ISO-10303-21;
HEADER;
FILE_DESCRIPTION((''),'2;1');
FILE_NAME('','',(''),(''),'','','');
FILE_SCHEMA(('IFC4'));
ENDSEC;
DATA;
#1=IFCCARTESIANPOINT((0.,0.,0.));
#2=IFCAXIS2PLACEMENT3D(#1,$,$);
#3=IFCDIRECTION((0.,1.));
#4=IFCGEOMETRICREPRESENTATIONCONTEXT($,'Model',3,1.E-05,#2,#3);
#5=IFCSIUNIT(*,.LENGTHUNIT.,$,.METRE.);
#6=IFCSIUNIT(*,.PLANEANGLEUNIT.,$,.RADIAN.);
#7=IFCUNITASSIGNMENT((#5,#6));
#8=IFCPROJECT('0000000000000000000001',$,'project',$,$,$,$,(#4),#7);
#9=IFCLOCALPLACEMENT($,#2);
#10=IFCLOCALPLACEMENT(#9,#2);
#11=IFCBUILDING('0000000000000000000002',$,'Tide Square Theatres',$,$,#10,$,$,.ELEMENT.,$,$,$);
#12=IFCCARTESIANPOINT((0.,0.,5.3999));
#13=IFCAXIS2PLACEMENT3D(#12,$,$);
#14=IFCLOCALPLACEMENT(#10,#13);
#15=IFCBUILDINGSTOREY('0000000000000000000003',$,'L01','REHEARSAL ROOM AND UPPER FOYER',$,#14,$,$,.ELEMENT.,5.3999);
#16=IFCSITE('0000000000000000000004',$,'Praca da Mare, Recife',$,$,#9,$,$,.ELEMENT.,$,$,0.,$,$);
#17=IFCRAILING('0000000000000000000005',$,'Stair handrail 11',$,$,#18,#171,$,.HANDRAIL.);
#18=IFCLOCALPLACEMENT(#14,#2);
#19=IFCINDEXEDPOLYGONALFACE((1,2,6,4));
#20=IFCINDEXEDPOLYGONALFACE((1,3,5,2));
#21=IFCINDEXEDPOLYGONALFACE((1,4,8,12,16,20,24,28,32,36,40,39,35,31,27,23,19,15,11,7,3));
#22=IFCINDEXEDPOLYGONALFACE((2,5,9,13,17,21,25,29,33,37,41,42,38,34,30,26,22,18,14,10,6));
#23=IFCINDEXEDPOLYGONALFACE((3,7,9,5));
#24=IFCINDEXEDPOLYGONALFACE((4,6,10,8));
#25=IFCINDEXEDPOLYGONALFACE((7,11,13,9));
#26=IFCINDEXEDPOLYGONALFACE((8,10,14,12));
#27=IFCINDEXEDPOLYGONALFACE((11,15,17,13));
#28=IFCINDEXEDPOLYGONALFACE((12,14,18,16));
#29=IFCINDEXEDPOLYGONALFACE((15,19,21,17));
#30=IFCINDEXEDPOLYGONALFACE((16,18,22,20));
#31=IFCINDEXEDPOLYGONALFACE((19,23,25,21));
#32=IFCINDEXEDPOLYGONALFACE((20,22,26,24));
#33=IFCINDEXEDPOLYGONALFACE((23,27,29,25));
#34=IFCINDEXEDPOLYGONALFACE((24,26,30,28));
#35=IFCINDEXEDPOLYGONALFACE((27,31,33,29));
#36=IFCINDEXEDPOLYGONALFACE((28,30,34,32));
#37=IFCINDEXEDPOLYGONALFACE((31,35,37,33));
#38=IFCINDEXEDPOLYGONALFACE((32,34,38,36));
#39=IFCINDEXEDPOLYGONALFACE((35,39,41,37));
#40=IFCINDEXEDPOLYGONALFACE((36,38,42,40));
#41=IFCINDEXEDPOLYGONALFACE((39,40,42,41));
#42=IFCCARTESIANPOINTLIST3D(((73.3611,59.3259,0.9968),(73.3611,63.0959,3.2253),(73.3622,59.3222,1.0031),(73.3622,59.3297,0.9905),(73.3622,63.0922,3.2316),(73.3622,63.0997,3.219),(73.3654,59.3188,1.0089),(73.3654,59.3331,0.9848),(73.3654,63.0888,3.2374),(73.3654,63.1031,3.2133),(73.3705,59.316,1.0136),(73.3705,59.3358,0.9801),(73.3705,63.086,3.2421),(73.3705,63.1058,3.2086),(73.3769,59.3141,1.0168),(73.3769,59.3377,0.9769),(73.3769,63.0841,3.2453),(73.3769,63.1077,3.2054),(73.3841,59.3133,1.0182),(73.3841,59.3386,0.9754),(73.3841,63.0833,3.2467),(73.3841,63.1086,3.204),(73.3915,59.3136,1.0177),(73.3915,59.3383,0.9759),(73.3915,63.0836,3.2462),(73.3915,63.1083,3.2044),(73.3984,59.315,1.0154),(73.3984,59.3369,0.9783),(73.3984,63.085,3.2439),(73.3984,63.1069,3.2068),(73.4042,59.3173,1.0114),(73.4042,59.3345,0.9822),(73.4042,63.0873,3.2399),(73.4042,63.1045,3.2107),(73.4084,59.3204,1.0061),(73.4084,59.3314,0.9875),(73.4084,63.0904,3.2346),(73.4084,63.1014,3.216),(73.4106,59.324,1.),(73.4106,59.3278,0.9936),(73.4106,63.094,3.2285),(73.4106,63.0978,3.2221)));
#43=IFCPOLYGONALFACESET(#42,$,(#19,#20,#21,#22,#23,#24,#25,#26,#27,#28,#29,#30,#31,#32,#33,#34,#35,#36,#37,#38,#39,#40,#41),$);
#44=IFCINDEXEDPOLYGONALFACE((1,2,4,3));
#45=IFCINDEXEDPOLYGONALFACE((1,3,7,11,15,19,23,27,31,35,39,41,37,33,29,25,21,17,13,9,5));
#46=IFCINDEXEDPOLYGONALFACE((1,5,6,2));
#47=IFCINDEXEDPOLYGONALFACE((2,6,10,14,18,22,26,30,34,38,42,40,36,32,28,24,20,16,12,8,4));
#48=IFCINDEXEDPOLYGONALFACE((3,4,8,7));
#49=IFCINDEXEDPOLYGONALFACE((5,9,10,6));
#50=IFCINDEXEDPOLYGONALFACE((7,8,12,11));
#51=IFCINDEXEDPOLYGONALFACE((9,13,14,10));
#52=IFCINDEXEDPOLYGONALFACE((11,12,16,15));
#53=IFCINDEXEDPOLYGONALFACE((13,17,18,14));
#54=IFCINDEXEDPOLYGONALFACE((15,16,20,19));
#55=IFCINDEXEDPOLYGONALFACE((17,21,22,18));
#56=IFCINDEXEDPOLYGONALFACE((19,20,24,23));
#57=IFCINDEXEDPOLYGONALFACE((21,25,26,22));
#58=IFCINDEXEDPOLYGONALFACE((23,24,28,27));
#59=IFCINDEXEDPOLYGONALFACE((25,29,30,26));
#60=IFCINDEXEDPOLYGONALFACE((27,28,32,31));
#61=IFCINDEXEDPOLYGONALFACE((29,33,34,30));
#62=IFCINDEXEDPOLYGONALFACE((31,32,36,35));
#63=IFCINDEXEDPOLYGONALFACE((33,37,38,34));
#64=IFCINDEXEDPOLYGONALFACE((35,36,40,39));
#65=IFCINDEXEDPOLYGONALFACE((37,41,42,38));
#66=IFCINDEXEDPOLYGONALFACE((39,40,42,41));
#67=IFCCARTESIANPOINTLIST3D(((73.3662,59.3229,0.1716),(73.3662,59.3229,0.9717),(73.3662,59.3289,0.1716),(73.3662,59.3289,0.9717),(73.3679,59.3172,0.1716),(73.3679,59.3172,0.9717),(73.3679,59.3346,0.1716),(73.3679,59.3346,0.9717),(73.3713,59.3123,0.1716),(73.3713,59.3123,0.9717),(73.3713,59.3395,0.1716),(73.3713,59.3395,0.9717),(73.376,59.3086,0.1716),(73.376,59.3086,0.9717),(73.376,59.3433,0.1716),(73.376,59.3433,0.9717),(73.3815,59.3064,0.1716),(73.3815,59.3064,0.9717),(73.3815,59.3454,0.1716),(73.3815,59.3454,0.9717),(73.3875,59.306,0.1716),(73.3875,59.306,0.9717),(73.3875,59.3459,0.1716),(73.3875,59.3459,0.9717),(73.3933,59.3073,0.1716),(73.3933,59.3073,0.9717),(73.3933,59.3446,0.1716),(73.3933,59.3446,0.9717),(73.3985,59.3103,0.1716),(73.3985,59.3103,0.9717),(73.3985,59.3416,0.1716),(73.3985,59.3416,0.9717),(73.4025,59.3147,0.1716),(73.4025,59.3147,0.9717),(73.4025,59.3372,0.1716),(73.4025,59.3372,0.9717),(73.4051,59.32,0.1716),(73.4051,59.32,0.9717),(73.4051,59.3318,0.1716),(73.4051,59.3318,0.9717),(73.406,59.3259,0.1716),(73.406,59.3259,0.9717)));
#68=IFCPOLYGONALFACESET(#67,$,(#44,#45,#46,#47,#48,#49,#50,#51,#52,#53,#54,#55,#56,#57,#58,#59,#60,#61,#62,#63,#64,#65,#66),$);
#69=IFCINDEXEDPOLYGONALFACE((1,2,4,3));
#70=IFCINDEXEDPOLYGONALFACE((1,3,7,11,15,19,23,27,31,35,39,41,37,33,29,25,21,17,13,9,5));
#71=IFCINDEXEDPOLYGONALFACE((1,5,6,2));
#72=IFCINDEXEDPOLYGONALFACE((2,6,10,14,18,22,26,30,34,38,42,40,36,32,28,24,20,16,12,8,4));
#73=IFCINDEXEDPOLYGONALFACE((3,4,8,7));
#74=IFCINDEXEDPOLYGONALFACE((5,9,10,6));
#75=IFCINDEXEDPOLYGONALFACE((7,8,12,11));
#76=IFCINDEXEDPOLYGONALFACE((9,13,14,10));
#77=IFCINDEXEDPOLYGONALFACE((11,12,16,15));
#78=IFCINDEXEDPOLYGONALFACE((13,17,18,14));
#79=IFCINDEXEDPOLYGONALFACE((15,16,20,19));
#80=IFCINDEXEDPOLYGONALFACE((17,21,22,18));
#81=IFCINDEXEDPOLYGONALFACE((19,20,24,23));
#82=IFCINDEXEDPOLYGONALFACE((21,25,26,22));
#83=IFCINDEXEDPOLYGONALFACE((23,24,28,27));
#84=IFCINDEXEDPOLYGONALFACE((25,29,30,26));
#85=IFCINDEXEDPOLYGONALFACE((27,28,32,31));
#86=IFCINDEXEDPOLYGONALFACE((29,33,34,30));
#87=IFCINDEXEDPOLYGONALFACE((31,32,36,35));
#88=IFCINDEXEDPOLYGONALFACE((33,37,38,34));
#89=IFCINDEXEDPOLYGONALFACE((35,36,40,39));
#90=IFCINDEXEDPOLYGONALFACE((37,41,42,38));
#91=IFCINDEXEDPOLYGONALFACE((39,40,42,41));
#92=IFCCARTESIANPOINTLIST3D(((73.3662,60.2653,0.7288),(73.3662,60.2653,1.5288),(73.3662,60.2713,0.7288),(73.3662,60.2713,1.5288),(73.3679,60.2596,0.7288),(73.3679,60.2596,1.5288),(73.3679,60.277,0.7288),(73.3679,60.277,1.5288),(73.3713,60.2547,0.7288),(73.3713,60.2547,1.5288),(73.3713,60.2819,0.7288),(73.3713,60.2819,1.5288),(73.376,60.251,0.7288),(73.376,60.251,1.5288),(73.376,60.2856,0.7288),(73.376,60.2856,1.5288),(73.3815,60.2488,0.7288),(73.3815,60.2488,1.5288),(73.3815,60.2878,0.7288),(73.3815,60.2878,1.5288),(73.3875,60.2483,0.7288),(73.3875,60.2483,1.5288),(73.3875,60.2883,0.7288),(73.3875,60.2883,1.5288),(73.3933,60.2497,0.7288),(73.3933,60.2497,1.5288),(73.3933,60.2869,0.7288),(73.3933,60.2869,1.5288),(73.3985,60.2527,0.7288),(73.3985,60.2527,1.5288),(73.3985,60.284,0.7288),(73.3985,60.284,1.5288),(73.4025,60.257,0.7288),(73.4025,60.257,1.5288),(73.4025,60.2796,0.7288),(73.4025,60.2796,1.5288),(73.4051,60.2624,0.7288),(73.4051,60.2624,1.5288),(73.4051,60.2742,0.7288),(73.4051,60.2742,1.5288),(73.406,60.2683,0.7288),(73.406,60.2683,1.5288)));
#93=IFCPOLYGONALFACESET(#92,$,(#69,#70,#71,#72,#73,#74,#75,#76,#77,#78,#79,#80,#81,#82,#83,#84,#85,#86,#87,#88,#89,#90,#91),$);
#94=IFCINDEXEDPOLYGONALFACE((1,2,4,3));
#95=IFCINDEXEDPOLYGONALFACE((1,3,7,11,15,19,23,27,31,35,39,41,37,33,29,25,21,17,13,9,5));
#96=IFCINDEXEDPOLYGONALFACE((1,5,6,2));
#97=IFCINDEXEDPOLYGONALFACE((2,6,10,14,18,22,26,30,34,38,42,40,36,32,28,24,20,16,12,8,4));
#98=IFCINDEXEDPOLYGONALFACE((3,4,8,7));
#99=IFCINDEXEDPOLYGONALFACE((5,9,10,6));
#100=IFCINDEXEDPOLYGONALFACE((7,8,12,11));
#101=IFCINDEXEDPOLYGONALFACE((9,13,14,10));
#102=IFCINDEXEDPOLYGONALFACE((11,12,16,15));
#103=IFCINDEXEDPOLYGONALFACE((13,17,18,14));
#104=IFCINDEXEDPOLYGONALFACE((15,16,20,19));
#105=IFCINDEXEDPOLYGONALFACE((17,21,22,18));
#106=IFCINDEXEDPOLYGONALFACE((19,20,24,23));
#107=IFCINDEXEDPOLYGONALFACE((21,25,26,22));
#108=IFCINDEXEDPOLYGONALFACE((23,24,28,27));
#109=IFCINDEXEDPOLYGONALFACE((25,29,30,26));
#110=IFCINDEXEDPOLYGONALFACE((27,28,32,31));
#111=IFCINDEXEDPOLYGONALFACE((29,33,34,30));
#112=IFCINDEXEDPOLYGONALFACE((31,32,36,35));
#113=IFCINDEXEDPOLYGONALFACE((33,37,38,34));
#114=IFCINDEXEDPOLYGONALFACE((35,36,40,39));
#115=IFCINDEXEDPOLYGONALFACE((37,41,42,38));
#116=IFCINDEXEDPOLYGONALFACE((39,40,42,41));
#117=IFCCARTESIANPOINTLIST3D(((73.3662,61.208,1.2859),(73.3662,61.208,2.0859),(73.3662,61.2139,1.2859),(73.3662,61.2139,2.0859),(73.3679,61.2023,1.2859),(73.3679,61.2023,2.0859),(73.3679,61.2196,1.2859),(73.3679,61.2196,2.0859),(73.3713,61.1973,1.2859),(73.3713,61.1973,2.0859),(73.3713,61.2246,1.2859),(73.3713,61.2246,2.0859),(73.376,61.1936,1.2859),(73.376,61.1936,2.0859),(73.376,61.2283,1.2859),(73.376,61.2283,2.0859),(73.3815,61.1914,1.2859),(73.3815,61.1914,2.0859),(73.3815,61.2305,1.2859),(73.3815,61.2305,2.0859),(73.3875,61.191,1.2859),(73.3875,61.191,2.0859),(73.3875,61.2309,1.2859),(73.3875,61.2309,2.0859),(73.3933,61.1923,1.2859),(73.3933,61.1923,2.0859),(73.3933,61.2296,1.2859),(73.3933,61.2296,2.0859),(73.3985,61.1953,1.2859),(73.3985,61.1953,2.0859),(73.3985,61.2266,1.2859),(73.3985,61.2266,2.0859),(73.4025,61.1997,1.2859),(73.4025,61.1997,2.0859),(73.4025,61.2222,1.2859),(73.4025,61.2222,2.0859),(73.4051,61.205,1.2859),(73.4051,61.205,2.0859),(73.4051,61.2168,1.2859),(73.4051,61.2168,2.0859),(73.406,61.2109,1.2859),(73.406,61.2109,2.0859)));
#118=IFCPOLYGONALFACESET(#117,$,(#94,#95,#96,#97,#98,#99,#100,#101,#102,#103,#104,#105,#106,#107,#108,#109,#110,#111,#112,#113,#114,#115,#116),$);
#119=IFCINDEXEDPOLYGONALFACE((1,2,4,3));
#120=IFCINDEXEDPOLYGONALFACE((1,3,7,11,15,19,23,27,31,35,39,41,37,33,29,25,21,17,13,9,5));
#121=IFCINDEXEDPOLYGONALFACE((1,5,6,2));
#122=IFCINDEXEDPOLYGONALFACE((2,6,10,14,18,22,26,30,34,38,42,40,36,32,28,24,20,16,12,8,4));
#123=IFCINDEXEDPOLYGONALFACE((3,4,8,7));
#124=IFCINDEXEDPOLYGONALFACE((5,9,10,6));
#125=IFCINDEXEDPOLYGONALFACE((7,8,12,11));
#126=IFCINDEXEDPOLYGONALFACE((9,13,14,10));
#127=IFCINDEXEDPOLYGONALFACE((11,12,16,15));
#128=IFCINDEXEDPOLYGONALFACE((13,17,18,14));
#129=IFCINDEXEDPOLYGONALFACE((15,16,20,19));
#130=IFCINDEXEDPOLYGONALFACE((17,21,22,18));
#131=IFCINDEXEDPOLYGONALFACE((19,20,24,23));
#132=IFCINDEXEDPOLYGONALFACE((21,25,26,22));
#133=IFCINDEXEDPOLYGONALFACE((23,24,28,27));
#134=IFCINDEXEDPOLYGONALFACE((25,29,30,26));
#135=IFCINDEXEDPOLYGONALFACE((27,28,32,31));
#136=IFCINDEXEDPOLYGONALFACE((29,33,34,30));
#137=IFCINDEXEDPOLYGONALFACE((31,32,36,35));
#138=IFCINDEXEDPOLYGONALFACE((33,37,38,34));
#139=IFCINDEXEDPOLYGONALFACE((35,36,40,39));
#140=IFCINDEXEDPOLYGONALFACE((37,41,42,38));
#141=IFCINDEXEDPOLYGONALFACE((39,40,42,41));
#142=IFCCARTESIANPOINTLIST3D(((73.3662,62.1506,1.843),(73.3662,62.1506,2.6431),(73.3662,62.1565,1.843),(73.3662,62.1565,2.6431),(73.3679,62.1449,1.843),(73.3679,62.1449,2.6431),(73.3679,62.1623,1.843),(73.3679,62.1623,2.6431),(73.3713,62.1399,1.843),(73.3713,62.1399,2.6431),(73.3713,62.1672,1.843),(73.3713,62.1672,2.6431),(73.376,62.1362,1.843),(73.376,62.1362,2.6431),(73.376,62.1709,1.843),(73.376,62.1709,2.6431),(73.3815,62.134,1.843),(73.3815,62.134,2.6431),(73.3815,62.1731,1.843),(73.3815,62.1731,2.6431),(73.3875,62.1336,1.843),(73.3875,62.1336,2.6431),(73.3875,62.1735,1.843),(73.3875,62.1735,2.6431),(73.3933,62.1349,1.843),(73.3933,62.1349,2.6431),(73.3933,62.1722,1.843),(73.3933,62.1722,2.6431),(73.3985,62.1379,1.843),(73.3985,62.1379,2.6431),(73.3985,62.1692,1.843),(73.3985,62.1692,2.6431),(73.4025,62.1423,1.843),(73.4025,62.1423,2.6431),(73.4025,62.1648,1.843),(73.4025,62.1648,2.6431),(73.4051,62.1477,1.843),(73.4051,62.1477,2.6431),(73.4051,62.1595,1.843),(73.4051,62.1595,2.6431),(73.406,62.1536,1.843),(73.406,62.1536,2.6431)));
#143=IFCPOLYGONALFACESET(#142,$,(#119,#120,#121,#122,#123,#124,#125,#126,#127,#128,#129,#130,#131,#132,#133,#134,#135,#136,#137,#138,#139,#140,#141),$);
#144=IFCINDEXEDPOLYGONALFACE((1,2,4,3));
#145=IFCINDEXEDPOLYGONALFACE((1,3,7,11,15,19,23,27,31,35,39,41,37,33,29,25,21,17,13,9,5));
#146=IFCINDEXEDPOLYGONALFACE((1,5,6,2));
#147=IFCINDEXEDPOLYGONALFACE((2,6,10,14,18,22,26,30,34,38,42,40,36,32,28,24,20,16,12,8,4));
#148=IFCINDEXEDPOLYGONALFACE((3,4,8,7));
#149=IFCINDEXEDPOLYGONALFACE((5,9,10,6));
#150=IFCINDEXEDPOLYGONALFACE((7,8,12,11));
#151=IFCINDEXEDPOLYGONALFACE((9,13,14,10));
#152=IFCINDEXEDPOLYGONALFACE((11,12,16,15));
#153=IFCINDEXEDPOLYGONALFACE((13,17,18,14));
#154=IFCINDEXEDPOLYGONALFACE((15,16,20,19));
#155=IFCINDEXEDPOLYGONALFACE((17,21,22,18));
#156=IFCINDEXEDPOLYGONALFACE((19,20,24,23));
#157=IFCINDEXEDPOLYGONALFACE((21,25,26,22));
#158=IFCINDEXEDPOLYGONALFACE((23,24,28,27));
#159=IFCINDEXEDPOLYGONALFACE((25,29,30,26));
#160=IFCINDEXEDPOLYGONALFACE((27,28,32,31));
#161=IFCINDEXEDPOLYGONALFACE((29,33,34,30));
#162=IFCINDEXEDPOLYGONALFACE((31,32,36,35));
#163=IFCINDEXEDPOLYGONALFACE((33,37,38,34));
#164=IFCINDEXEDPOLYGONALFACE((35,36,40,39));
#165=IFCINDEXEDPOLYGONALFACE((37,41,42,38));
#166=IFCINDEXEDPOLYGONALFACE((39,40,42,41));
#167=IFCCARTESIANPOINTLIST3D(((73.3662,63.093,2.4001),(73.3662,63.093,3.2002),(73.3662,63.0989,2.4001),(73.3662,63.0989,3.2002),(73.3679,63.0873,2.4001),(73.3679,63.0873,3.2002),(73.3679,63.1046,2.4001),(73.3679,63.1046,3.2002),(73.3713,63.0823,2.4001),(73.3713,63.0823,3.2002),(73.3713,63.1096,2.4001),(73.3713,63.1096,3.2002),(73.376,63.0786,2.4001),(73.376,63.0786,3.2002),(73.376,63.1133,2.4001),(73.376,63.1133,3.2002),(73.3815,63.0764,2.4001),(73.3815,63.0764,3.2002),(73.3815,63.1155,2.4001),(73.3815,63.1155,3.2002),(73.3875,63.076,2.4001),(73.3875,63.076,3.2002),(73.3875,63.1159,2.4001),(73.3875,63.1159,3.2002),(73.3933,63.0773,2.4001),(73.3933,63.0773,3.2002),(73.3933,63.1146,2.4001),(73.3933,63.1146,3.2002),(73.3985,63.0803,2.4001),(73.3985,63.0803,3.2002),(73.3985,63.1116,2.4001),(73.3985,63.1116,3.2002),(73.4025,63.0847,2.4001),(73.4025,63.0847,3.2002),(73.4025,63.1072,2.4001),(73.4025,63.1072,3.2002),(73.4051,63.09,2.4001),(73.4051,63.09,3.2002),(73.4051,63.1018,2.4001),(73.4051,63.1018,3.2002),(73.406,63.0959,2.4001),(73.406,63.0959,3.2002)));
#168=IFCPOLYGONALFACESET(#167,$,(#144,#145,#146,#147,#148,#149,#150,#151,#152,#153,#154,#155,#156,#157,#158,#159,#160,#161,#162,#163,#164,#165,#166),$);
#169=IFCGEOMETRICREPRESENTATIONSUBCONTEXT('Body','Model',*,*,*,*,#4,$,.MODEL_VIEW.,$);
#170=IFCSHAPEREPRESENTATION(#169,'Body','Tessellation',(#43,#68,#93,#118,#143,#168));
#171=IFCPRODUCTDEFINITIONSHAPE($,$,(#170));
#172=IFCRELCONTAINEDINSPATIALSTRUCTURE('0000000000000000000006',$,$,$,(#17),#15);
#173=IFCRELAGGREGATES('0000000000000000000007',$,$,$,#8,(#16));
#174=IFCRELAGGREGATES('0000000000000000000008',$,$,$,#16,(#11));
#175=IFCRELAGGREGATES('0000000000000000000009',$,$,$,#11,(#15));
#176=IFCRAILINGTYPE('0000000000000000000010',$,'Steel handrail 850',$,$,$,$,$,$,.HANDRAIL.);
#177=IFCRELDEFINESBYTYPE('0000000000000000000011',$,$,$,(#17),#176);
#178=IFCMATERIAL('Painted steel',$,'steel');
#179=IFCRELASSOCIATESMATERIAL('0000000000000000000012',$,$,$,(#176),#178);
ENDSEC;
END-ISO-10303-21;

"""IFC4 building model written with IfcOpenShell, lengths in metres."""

from ifc_helpers import new_model, si_unit, direction, frame, origin, origin_2d, place, context, subcontext, project, spatial, circle, extrude, material, type_object, element, save


model = new_model("IFC4")

# Units and contexts
model_context = context("Model", 3, precision=1e-05, world=origin(), true_north=direction((0.0, 1.0)))
body_context = subcontext(model_context, "Body", "Model", "MODEL_VIEW")
ifc_project = project(units=[si_unit("LENGTHUNIT", "METRE"), si_unit("PLANEANGLEUNIT", "RADIAN")], contexts=[model_context])

# Site, building, storey
site_placement = place(None, origin())
site = spatial("IfcSite", under=ifc_project, at=site_placement, Name="Praca da Mare, Recife", CompositionType="ELEMENT", RefElevation=0.0)
building_placement = place(site_placement, origin())
building = spatial("IfcBuilding", under=site, at=building_placement, Name="Tide Square Theatres", CompositionType="ELEMENT")
storey_placement = place(building_placement, frame((0.0, 0.0, 5.3999)))
storey = spatial("IfcBuildingStorey", under=building, at=storey_placement, Name="L01", Description="REHEARSAL ROOM AND UPPER FOYER", CompositionType="ELEMENT", Elevation=5.3999)

# Railing
ifc_material_1 = material(Name="Painted steel", Category="steel")
railing_type = type_object("IfcRailingType", Name="Steel handrail 850", PredefinedType="HANDRAIL", material=ifc_material_1)
for number, where, name in (
    (1, (73.386, 59.3259, 0.1716), "Stair handrail 11"),
):
    element("IfcRailing", number, at=place(storey_placement, frame(where)), inside=storey, type_object=railing_type, Name=name, PredefinedType="HANDRAIL", context=body_context, shape_type="SweptSolid", body=[
        extrude(circle(Radius=0.0249, at=origin_2d()), frame((0.0, 0.0, 0.8252), z_axis=(0.0, 0.860849, 0.508861), x_axis=(-1.0, 0.0, 0.0)), (0.0, 0.0, 1.0), 4.3794),
        extrude(circle(Radius=0.02, at=origin_2d()), origin(), (0.0, 0.0, 1.0), 0.8),
        extrude(circle(Radius=0.02, at=origin_2d()), frame((0.0, 0.9424, 0.5571)), (0.0, 0.0, 1.0), 0.8),
        extrude(circle(Radius=0.02, at=origin_2d()), frame((0.0, 1.885, 1.1143)), (0.0, 0.0, 1.0), 0.8),
        extrude(circle(Radius=0.02, at=origin_2d()), frame((0.0, 2.8276, 1.6714)), (0.0, 0.0, 1.0), 0.8),
        extrude(circle(Radius=0.02, at=origin_2d()), frame((0.0, 3.77, 2.2285)), (0.0, 0.0, 1.0), 0.8),
    ])

save(model, "model.ifc")
